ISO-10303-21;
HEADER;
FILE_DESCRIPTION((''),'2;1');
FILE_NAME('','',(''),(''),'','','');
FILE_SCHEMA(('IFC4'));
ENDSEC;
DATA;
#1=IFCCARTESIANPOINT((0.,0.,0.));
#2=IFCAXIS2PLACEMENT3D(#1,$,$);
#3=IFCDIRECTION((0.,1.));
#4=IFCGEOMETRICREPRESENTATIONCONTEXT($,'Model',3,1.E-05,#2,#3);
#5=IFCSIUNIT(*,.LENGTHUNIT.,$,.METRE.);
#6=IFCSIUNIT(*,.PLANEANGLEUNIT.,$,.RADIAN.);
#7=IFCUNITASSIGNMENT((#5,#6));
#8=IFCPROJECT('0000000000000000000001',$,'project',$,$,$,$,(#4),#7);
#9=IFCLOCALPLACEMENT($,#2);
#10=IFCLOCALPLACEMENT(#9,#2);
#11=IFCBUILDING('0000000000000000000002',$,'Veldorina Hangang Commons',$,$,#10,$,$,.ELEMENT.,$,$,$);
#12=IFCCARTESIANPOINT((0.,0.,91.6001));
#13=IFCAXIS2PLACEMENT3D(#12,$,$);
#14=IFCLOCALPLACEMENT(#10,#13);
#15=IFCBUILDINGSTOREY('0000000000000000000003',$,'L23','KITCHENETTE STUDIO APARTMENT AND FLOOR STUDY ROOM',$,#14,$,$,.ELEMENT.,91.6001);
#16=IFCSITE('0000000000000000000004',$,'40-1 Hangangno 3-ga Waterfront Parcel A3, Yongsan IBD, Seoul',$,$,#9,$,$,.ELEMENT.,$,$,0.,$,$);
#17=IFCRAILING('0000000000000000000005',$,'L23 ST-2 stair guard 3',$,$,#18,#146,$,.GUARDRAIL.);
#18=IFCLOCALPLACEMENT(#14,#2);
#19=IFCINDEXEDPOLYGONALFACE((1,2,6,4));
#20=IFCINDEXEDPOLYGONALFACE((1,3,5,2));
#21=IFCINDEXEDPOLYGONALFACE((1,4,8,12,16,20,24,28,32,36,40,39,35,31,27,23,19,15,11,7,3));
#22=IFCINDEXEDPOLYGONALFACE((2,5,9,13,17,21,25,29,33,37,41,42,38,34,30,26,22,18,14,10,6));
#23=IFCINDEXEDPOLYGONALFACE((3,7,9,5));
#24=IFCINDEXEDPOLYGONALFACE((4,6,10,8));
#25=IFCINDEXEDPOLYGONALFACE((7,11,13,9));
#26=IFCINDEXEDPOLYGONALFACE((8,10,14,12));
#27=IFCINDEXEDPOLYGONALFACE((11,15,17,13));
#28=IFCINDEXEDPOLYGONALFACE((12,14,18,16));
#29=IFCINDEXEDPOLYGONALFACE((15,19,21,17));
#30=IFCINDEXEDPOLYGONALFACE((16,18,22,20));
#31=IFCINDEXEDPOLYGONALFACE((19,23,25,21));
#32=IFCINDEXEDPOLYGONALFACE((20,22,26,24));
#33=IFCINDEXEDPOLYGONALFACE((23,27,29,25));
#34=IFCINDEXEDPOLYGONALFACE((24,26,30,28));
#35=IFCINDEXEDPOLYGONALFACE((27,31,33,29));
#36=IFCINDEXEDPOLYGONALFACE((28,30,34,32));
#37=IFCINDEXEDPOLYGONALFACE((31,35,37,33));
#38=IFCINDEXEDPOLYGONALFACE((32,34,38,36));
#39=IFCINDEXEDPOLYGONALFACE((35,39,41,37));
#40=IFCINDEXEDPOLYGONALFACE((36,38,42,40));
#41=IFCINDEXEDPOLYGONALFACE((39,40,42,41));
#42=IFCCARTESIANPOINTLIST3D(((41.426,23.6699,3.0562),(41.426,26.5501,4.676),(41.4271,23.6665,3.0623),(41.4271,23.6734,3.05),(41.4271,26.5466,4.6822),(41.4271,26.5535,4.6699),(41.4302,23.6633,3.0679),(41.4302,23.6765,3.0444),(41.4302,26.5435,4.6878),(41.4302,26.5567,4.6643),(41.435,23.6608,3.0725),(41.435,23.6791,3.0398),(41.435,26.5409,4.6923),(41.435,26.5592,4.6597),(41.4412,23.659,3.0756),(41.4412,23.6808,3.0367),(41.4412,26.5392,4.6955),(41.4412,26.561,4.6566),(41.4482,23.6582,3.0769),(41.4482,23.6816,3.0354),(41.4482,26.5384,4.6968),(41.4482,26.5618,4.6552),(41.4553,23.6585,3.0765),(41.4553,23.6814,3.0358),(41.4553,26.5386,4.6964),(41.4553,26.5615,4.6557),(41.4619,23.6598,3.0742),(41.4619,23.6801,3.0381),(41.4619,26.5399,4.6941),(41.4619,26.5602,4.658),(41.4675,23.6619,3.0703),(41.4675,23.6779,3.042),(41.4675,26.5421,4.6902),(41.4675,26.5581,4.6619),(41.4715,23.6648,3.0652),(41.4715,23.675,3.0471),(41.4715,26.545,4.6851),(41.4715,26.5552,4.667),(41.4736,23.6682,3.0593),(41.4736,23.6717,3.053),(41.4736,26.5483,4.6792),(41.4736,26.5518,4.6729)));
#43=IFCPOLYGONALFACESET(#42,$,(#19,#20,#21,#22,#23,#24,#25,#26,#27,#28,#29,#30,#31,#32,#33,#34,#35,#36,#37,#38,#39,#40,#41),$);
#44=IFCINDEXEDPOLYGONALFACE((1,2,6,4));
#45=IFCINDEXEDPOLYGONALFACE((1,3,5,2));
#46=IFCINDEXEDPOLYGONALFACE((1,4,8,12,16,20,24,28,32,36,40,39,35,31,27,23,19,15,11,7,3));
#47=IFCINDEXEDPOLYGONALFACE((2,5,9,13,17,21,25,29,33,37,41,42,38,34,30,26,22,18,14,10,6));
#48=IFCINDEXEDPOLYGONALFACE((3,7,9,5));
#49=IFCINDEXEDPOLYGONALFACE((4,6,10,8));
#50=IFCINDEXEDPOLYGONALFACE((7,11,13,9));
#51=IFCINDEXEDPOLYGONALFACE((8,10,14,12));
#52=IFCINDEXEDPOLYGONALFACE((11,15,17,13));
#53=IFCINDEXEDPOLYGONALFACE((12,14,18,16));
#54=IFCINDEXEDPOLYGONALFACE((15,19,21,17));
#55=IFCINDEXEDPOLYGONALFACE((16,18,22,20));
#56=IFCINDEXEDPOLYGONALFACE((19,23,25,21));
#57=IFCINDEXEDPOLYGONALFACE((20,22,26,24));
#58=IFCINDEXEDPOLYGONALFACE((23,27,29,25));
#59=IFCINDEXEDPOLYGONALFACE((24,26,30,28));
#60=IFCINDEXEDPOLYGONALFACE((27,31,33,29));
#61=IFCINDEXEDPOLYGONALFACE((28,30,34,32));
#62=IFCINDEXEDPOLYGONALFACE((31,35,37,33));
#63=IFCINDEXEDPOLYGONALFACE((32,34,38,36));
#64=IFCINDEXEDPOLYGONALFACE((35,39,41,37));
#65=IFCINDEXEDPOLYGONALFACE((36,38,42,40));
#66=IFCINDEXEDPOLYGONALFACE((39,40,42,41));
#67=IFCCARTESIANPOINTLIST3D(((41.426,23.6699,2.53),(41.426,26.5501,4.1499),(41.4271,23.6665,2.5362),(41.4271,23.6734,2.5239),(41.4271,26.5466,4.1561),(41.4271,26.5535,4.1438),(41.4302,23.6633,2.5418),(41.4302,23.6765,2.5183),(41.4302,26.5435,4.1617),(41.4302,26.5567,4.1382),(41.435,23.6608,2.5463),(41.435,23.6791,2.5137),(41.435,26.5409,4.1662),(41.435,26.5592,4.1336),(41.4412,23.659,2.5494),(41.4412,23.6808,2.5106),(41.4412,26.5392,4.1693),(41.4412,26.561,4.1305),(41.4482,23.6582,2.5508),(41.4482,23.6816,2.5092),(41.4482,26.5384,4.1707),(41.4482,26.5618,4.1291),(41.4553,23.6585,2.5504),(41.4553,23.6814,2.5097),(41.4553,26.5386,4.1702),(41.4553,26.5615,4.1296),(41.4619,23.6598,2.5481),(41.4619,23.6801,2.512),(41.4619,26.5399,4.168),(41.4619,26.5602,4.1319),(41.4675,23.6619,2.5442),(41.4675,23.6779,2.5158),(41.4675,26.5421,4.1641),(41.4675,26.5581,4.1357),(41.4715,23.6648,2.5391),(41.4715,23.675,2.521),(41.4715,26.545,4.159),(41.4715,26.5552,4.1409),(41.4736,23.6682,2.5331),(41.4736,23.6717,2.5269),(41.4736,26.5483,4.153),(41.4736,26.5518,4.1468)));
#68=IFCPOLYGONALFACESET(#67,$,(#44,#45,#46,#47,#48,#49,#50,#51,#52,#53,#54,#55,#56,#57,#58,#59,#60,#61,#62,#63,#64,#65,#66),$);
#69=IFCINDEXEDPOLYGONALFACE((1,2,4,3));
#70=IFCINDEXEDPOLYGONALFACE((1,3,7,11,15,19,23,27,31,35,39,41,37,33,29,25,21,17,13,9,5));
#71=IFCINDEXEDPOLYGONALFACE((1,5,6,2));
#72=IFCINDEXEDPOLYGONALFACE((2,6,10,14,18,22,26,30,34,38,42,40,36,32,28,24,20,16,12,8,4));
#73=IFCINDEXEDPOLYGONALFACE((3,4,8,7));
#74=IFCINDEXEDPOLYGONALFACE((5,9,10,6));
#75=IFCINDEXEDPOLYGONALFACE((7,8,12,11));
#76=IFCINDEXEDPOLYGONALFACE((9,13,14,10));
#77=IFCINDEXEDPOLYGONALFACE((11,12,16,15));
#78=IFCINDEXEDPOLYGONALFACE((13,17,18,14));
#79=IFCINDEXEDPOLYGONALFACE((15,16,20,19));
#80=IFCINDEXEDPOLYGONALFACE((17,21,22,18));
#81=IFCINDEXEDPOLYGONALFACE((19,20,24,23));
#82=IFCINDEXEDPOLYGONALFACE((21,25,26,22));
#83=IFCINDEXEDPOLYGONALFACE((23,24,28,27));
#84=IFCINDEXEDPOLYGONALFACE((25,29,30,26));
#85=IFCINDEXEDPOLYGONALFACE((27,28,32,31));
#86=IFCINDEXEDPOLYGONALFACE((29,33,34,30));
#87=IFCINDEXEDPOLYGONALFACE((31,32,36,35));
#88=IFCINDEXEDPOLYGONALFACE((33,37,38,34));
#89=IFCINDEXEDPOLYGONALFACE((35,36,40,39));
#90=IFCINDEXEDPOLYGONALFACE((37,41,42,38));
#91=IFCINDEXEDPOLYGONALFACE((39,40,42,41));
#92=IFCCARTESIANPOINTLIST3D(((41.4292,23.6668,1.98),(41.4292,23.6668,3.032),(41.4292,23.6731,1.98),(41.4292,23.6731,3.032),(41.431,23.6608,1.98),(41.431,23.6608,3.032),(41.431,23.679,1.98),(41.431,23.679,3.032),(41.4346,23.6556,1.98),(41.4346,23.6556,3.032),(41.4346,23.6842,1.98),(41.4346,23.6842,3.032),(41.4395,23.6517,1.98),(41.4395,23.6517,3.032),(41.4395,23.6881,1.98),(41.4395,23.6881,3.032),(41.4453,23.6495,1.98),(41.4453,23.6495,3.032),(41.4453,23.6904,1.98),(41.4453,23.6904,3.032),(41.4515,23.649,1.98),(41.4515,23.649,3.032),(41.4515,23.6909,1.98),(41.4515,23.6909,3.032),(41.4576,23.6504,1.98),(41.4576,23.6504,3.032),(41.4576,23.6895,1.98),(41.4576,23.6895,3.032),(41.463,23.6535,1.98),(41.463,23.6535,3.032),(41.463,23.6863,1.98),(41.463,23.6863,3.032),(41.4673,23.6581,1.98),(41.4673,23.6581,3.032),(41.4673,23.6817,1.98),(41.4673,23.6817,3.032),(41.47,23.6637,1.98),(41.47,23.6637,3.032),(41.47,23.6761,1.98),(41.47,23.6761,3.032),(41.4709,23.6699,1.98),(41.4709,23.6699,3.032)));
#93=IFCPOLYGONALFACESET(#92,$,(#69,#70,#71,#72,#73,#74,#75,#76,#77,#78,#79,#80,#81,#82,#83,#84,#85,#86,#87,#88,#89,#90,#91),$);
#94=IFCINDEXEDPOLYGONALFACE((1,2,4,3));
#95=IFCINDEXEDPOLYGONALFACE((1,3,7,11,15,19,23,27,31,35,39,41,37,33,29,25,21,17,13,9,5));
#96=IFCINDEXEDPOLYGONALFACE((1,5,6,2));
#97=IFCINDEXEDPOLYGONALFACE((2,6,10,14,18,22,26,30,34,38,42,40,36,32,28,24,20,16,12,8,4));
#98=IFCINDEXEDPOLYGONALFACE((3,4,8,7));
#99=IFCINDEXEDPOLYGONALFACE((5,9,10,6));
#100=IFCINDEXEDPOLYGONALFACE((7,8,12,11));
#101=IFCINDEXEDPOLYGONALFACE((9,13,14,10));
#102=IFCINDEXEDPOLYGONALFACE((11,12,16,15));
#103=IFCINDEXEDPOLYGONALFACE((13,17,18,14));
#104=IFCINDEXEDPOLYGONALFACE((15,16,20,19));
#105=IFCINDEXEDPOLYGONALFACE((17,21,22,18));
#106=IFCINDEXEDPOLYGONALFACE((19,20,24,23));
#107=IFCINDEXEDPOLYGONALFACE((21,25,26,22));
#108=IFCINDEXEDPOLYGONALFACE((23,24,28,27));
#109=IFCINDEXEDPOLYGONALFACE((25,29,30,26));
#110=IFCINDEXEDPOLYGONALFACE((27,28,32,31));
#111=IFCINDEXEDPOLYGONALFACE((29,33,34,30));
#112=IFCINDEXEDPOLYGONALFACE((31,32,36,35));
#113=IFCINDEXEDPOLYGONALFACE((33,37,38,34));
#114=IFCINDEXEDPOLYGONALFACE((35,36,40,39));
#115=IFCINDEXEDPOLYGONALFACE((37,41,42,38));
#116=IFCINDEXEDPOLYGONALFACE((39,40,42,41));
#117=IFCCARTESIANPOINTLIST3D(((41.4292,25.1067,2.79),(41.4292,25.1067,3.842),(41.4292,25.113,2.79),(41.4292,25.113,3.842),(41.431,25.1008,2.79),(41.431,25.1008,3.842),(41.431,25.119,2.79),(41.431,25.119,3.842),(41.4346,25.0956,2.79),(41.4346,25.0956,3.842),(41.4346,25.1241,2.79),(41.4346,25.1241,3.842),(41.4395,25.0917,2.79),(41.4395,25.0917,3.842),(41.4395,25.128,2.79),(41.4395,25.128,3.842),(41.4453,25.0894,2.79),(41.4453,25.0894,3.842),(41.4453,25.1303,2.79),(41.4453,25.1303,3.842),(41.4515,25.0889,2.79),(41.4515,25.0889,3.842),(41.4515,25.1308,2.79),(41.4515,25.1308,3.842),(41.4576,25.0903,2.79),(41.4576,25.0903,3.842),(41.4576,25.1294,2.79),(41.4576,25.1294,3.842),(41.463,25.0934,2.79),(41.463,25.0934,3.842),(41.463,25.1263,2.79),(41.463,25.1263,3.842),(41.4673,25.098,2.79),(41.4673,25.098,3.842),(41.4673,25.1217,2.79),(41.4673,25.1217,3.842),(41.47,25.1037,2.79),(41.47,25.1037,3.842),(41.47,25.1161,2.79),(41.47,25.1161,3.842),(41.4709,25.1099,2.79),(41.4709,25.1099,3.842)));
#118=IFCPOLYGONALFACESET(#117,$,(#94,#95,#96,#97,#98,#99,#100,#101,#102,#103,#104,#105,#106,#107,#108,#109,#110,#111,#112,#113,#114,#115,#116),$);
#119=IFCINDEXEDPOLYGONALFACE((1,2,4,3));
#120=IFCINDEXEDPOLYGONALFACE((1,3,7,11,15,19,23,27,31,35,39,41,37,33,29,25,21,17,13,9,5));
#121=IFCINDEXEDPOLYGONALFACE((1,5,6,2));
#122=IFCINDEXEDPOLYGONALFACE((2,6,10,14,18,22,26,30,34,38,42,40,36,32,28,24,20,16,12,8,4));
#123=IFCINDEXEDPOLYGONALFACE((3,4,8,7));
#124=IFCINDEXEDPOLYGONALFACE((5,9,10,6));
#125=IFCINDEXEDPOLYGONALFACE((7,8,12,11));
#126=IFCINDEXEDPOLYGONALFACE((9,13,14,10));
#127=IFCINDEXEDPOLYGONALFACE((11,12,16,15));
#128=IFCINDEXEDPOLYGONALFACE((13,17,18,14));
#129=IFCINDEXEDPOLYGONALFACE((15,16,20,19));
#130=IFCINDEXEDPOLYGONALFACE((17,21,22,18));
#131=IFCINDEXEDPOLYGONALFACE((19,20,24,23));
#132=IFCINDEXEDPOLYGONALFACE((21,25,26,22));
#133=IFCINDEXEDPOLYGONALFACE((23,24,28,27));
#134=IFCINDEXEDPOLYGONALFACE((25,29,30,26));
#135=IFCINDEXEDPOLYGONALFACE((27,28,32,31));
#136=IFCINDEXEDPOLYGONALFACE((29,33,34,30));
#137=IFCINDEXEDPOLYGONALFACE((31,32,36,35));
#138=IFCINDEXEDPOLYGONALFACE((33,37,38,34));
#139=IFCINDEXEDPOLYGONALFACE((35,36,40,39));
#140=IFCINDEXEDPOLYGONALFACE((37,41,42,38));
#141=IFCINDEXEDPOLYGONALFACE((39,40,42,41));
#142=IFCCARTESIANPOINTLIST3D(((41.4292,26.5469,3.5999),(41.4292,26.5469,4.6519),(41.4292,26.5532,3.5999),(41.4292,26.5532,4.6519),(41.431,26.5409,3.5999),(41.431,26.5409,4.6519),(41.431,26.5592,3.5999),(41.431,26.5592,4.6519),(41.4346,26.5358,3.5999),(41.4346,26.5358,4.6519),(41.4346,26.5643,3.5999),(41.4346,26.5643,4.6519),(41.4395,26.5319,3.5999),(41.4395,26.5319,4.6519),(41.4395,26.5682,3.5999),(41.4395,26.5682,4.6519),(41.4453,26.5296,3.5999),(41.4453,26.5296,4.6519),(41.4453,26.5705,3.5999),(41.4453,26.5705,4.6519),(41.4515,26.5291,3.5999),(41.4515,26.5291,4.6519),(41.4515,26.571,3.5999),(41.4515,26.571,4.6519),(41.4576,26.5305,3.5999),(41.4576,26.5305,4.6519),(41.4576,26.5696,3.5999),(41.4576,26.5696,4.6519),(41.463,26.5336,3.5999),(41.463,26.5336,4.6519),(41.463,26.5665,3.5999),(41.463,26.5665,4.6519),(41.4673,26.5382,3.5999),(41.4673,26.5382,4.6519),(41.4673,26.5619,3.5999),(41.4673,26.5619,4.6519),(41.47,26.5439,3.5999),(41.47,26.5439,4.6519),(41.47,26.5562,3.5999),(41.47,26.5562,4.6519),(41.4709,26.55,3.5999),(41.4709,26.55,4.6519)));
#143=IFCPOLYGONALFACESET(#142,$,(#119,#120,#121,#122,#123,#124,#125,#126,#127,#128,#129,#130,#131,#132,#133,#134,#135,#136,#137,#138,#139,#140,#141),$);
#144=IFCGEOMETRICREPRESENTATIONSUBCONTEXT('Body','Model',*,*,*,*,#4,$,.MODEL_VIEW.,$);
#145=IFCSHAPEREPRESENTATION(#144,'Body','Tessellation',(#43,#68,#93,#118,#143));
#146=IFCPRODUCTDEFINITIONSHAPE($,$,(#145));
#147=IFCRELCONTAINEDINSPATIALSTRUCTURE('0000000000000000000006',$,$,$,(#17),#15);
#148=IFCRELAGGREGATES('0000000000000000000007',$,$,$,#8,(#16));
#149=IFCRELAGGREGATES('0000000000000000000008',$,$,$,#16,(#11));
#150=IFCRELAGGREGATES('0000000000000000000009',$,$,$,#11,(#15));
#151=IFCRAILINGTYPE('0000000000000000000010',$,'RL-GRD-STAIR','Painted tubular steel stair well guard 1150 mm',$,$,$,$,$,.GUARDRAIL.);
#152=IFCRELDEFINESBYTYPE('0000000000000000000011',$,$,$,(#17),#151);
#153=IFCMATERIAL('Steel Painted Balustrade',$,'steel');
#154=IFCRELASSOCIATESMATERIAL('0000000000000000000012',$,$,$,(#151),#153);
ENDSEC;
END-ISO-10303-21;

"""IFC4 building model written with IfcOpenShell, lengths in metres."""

from ifc_helpers import new_model, si_unit, direction, frame, origin, origin_2d, place, context, subcontext, project, spatial, circle, extrude, material, type_object, element, save


model = new_model("IFC4")

# Units and contexts
model_context = context("Model", 3, precision=1e-05, world=origin(), true_north=direction((0.0, 1.0)))
body_context = subcontext(model_context, "Body", "Model", "MODEL_VIEW")
ifc_project = project(units=[si_unit("LENGTHUNIT", "METRE"), si_unit("PLANEANGLEUNIT", "RADIAN")], contexts=[model_context])

# Site, building, storey
site_placement = place(None, origin())
site = spatial("IfcSite", under=ifc_project, at=site_placement, Name="40-1 Hangangno 3-ga Waterfront Parcel A3, Yongsan IBD, Seoul", CompositionType="ELEMENT", RefElevation=0.0)
building_placement = place(site_placement, origin())
building = spatial("IfcBuilding", under=site, at=building_placement, Name="Veldorina Hangang Commons", CompositionType="ELEMENT")
storey_placement = place(building_placement, frame((0.0, 0.0, 91.6001)))
storey = spatial("IfcBuildingStorey", under=building, at=storey_placement, Name="L23", Description="KITCHENETTE STUDIO APARTMENT AND FLOOR STUDY ROOM", CompositionType="ELEMENT", Elevation=91.6001)

# Railing
ifc_material_1 = material(Name="Steel Painted Balustrade", Category="steel")
railing_type_1 = type_object("IfcRailingType", Name="RL-GRD-STAIR", Description="Painted tubular steel stair well guard 1150 mm", PredefinedType="GUARDRAIL", material=ifc_material_1)
railing_1_placement = place(storey_placement, frame((41.45, 23.6699, 1.98)))
element("IfcRailing", 1, at=railing_1_placement, inside=storey, type_object=railing_type_1, Name="L23 ST-2 stair guard 3", PredefinedType="GUARDRAIL", context=body_context, shape_type="SweptSolid", body=[
    extrude(circle(Radius=0.0239, at=origin_2d()), frame((0.0, 0.0, 1.0762), z_axis=(0.0, 0.871601, 0.490216), x_axis=(-1.0, 0.0, 0.0)), (0.0, 0.0, 1.0), 3.3044),
    extrude(circle(Radius=0.0239, at=origin_2d()), frame((0.0, 0.0, 0.55), z_axis=(0.0, 0.871601, 0.490216), x_axis=(-1.0, 0.0, 0.0)), (0.0, 0.0, 1.0), 3.3044),
    extrude(circle(Radius=0.021, at=origin_2d()), origin(), (0.0, 0.0, 1.0), 1.052),
    extrude(circle(Radius=0.021, at=origin_2d()), frame((0.0, 1.4399, 0.8101)), (0.0, 0.0, 1.0), 1.052),
    extrude(circle(Radius=0.021, at=origin_2d()), frame((0.0, 2.8801, 1.6199)), (0.0, 0.0, 1.0), 1.052),
])

save(model, "model.ifc")
